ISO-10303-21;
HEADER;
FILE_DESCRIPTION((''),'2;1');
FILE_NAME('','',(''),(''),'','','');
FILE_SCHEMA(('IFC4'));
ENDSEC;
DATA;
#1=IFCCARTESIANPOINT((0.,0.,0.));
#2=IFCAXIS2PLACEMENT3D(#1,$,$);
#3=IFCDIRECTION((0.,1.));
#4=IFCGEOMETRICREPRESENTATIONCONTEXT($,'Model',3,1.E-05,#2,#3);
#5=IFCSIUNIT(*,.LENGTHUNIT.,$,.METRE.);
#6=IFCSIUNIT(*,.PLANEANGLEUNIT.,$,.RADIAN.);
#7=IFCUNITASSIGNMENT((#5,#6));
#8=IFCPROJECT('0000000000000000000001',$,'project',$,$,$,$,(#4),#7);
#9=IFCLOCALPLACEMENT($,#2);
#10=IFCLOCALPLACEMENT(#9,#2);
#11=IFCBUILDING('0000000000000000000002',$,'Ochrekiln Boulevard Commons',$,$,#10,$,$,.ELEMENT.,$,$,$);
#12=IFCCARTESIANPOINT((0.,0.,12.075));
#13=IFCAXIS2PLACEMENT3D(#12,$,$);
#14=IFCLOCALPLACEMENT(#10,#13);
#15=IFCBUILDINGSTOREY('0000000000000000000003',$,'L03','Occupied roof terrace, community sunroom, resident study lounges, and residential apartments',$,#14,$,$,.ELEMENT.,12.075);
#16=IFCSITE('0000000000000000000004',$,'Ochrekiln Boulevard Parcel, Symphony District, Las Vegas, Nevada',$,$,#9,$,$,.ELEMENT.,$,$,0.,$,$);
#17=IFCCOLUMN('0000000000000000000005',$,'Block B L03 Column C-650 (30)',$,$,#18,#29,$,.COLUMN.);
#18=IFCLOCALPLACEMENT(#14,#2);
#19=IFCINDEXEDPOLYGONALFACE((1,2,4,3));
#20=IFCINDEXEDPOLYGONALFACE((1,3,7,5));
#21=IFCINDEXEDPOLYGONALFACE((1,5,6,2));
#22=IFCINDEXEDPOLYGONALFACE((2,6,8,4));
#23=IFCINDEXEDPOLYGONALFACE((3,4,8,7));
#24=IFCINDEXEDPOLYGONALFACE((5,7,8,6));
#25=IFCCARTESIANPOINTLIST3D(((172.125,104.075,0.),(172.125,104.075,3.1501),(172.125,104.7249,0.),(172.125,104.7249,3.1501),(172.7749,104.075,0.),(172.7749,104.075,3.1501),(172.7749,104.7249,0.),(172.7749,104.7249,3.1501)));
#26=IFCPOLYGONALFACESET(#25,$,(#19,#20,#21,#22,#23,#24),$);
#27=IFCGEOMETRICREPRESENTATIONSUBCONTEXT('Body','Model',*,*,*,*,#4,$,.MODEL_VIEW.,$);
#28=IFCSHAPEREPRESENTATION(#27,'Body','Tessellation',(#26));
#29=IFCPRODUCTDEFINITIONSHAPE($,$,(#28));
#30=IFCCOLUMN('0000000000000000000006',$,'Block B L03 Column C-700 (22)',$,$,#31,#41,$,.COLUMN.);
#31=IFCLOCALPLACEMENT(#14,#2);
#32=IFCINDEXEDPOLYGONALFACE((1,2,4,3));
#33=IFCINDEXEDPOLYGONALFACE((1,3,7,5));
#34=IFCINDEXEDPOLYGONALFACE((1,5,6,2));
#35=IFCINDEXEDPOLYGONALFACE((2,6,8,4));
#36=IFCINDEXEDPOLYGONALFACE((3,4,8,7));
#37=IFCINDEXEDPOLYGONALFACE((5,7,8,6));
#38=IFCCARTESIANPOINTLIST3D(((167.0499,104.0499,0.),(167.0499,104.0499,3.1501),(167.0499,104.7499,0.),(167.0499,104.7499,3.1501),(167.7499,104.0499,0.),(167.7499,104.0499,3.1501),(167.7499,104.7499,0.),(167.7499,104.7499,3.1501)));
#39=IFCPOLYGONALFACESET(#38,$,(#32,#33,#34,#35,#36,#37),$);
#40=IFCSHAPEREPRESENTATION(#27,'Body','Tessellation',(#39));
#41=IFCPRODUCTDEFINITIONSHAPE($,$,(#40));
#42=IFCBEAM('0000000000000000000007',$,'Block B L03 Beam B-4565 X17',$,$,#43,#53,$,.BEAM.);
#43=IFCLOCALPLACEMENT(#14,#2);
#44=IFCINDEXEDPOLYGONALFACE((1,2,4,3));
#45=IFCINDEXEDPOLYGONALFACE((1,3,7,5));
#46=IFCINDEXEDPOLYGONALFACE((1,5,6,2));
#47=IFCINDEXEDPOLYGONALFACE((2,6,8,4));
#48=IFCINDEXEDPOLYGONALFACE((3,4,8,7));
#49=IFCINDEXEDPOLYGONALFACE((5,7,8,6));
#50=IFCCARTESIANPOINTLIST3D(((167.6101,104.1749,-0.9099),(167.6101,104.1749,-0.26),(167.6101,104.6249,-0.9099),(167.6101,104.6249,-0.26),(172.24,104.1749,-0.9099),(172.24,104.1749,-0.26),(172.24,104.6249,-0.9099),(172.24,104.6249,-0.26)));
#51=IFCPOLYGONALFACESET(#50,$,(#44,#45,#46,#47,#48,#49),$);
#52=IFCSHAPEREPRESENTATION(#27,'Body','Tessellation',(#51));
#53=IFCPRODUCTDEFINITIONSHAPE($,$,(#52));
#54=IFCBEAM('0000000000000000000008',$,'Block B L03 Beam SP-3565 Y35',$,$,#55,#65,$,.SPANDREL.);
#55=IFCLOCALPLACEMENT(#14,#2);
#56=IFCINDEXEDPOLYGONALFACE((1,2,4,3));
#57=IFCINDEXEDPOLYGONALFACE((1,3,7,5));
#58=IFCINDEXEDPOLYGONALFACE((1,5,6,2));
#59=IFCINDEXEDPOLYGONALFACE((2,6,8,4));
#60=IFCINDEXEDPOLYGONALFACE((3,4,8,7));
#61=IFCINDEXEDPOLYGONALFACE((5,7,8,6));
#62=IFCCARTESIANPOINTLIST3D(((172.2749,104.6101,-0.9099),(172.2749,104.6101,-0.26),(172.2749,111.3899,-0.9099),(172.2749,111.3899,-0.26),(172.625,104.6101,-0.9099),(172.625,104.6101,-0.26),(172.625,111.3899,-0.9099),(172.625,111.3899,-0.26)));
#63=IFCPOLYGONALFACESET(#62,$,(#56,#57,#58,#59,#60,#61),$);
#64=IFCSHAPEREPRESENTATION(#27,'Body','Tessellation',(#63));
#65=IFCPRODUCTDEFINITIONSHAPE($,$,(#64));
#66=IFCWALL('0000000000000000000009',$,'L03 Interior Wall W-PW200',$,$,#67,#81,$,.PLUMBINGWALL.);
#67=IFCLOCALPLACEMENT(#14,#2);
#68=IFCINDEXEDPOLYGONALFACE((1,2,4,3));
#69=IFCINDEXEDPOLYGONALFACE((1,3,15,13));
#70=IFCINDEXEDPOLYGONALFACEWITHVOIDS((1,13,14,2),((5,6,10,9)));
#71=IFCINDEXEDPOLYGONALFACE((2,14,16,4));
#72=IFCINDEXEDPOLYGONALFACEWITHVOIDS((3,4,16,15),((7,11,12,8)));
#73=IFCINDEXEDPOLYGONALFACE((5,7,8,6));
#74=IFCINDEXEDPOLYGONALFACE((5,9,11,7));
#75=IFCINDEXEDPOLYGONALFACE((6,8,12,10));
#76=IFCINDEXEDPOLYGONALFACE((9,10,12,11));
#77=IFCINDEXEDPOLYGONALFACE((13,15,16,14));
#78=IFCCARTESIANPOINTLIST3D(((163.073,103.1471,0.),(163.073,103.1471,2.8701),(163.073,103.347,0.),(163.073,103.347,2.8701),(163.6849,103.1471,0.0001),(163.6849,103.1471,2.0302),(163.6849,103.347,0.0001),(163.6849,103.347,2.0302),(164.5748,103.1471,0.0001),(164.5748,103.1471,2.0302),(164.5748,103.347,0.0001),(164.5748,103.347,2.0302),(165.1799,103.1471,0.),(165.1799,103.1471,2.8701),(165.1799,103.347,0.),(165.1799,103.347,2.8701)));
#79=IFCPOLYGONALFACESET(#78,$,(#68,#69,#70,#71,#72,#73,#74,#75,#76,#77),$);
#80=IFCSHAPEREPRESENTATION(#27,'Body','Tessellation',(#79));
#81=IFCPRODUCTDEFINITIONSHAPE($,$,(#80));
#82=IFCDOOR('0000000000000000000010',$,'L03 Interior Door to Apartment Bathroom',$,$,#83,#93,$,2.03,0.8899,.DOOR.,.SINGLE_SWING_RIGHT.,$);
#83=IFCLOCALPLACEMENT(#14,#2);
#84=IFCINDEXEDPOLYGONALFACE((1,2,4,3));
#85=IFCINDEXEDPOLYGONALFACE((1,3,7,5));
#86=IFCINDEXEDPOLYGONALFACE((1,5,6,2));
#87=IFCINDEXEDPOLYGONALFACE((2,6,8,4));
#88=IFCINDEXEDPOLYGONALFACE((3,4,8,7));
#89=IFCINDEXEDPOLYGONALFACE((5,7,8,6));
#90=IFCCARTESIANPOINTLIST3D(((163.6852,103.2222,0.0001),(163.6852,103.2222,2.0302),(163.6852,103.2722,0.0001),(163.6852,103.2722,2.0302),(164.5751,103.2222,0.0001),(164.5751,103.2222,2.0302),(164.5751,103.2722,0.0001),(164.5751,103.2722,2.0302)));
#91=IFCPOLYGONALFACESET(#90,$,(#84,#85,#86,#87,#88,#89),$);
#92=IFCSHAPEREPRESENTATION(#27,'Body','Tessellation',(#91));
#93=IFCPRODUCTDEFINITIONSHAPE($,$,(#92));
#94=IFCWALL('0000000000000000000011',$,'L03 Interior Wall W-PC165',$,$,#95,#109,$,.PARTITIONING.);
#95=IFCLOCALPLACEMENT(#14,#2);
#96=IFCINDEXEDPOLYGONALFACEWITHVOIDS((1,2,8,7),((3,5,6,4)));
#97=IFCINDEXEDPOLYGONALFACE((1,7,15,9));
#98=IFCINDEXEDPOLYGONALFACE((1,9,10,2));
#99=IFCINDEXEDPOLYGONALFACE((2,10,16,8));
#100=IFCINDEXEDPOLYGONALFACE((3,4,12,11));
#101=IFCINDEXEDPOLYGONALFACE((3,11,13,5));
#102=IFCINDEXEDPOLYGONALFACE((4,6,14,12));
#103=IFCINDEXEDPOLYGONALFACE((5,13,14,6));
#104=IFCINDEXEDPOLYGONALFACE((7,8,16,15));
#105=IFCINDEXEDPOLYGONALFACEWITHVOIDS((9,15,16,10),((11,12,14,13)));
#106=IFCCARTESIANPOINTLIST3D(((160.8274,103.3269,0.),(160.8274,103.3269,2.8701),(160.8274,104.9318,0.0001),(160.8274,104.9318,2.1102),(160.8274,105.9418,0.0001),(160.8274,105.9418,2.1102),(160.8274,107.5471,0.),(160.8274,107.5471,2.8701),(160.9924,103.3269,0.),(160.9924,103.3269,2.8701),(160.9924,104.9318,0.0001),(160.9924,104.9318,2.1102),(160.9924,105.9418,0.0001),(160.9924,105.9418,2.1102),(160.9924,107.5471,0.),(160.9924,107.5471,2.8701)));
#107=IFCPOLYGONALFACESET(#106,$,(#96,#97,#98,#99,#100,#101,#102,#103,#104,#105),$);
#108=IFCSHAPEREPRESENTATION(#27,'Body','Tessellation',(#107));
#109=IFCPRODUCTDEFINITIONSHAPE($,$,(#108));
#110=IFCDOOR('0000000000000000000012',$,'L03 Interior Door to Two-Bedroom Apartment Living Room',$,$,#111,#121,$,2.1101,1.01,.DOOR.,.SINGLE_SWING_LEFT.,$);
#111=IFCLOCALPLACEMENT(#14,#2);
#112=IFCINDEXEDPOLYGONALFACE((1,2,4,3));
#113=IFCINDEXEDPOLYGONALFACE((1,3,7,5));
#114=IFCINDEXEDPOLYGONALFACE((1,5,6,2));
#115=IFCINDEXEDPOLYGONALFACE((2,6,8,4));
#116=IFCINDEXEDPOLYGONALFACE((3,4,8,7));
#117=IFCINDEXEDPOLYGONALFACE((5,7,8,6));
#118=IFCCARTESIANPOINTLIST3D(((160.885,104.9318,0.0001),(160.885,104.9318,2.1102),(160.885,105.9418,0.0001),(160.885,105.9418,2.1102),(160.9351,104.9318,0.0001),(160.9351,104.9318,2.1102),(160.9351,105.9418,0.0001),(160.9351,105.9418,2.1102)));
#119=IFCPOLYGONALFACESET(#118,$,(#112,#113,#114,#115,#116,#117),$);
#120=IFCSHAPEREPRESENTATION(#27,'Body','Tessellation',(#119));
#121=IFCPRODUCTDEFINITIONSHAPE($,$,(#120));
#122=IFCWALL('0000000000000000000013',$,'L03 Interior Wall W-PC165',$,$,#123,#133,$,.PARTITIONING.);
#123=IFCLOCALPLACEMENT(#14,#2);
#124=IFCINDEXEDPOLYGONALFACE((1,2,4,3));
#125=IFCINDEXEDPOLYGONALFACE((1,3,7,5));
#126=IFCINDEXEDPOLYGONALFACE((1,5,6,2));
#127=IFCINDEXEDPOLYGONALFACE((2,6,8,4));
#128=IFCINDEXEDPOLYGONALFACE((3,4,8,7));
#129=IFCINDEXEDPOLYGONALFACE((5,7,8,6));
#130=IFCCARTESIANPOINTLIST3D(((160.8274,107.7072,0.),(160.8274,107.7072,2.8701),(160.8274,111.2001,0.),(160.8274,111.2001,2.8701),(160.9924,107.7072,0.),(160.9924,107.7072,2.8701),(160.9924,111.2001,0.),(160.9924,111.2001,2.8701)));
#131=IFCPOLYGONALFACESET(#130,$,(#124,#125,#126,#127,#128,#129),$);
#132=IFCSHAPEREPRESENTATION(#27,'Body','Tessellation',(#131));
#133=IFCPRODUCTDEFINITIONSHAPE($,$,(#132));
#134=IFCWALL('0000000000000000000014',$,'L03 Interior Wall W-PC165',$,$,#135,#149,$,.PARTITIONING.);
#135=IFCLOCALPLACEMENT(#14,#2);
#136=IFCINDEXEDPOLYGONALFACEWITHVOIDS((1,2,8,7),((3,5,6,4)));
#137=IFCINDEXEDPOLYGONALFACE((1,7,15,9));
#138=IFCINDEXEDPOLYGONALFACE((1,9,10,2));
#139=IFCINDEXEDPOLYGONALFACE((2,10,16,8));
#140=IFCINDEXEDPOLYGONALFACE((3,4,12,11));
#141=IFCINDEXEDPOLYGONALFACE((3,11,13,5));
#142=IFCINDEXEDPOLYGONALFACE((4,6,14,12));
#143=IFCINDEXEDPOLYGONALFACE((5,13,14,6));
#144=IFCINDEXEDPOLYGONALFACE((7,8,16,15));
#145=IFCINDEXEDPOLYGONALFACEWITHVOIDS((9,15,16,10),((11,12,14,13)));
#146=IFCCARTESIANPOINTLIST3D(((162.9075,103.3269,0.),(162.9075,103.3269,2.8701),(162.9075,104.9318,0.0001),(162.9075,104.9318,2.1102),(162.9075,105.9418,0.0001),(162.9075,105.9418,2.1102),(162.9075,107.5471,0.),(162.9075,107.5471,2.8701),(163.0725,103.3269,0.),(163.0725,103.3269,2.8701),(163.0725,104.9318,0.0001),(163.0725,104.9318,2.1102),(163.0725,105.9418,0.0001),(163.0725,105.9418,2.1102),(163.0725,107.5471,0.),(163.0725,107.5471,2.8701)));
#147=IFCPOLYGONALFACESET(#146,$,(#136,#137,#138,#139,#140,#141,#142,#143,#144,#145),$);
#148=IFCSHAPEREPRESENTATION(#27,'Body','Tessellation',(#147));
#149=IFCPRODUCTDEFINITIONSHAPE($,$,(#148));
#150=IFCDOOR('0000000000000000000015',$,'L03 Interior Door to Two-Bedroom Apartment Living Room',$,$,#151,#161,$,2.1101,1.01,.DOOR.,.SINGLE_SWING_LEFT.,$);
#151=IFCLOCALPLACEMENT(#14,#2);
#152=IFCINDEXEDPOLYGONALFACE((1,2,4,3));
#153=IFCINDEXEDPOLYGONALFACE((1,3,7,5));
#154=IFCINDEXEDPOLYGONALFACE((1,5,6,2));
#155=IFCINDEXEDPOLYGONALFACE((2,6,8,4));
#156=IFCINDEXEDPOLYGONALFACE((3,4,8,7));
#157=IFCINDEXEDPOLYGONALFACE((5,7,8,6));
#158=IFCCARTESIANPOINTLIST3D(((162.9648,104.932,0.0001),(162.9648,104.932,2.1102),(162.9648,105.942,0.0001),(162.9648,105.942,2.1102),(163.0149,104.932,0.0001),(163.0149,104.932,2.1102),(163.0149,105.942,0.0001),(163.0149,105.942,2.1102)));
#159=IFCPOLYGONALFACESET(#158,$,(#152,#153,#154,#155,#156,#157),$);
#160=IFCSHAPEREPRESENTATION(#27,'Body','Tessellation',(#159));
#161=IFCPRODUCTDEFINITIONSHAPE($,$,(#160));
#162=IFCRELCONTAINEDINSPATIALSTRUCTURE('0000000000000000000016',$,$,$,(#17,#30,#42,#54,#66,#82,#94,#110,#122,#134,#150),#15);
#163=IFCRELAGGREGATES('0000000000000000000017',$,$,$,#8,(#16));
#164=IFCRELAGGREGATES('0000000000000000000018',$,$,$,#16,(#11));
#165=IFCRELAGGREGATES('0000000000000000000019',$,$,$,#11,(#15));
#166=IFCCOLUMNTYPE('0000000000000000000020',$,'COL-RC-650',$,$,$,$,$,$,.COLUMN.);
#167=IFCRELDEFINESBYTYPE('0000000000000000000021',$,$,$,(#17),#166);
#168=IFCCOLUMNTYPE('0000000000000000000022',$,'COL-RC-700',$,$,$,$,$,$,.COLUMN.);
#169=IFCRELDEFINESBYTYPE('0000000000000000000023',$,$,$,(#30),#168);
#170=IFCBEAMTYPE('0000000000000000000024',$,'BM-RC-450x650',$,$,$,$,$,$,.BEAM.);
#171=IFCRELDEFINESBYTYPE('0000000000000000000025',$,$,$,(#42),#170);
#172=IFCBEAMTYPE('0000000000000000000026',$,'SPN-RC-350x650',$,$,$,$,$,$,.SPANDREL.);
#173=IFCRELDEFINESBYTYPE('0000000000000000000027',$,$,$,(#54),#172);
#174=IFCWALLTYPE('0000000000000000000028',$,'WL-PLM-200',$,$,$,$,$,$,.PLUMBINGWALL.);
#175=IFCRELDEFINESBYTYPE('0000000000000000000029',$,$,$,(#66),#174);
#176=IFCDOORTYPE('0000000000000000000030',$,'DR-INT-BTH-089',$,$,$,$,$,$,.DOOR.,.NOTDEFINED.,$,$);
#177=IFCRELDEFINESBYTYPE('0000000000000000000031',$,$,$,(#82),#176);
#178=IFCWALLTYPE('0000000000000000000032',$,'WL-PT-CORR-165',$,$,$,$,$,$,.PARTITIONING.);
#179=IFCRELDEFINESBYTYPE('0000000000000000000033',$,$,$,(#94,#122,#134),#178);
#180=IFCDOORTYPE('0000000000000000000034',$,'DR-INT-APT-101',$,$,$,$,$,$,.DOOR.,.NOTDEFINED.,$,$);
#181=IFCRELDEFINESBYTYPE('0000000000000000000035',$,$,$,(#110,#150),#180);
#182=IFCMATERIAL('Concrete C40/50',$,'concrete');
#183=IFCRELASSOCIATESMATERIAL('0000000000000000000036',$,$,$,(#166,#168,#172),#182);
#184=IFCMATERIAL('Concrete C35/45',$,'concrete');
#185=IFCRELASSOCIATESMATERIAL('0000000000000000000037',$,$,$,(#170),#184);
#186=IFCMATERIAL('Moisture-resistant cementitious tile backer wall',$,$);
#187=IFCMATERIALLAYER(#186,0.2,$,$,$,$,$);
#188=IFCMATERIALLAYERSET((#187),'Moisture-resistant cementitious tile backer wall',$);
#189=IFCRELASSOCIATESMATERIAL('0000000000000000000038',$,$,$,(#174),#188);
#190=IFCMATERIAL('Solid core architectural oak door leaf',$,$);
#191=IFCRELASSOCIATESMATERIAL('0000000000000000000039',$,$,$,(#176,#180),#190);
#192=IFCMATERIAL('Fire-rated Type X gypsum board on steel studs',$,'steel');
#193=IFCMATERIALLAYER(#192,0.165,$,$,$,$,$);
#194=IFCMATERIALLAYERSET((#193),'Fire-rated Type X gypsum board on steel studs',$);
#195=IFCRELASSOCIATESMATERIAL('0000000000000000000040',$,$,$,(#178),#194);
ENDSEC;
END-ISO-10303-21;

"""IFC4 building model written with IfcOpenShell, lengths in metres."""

from ifc_helpers import new_model, si_unit, direction, frame, frame_2d, origin, origin_2d, place, context, subcontext, project, spatial, rectangle, extrude, material, layer, layer_set, material_profile, profile_set, type_object, element, fill, save


model = new_model("IFC4")

# Units and contexts
model_context = context("Model", 3, precision=1e-05, world=origin(), true_north=direction((0.0, 1.0)))
body_context = subcontext(model_context, "Body", "Model", "MODEL_VIEW")
ifc_project = project(units=[si_unit("LENGTHUNIT", "METRE"), si_unit("PLANEANGLEUNIT", "RADIAN")], contexts=[model_context])

# Site, building, storey
site_placement = place(None, origin())
site = spatial("IfcSite", under=ifc_project, at=site_placement, Name="Ochrekiln Boulevard Parcel, Symphony District, Las Vegas, Nevada", CompositionType="ELEMENT", RefElevation=0.0)
building_placement = place(site_placement, origin())
building = spatial("IfcBuilding", under=site, at=building_placement, Name="Ochrekiln Boulevard Commons", CompositionType="ELEMENT")
storey_placement = place(building_placement, frame((0.0, 0.0, 12.075)))
storey = spatial("IfcBuildingStorey", under=building, at=storey_placement, Name="L03", Description="Occupied roof terrace, community sunroom, resident study lounges, and residential apartments", CompositionType="ELEMENT", Elevation=12.075)

# Columns
ifc_material_1 = material(Name="Concrete C40/50", Category="concrete")
ifc_material_profile_1 = material_profile(ifc_material_1, rectangle(XDim=0.6499, YDim=0.6499, at=origin_2d()), Name="RC-COL-650x650")
ifc_profile_set_1 = profile_set([ifc_material_profile_1], Name="Concrete C40/50")
column_type_1 = type_object("IfcColumnType", Name="COL-RC-650", PredefinedType="COLUMN", material=ifc_profile_set_1)
column_1_placement = place(storey_placement, frame((172.45, 104.3999, 0.0), z_axis=(0.0, 0.0, 1.0), x_axis=(1.0, 0.0, 0.0)))
element("IfcColumn", 1, at=column_1_placement, inside=storey, type_object=column_type_1, Name="Block B L03 Column C-650 (30)", PredefinedType="COLUMN", context=body_context, shape_type="SweptSolid", body=[
    extrude(rectangle(XDim=0.6499, YDim=0.6499, at=origin_2d()), origin(), (0.0, 0.0, 1.0), 3.1501),
])
ifc_material_profile_2 = material_profile(ifc_material_1, rectangle(XDim=0.7, YDim=0.7, at=origin_2d()), Name="RC-COL-700x700")
ifc_profile_set_2 = profile_set([ifc_material_profile_2], Name="Concrete C40/50")
column_type_2 = type_object("IfcColumnType", Name="COL-RC-700", PredefinedType="COLUMN", material=ifc_profile_set_2)
column_2_placement = place(storey_placement, frame((167.3999, 104.3999, 0.0), z_axis=(0.0, 0.0, 1.0), x_axis=(1.0, 0.0, 0.0)))
element("IfcColumn", 2, at=column_2_placement, inside=storey, type_object=column_type_2, Name="Block B L03 Column C-700 (22)", PredefinedType="COLUMN", context=body_context, shape_type="SweptSolid", body=[
    extrude(rectangle(XDim=0.7, YDim=0.7, at=origin_2d()), origin(), (0.0, 0.0, 1.0), 3.1501),
])

# Beams
ifc_material_2 = material(Name="Concrete C35/45", Category="concrete")
ifc_material_profile_3 = material_profile(ifc_material_2, rectangle(XDim=0.45, YDim=0.6499, at=origin_2d()), Name="RC-BM-450x650")
ifc_profile_set_3 = profile_set([ifc_material_profile_3], Name="Concrete C35/45")
beam_type_1 = type_object("IfcBeamType", Name="BM-RC-450x650", PredefinedType="BEAM", material=ifc_profile_set_3)
beam_1_placement = place(storey_placement, frame((167.6101, 104.3999, -0.585), z_axis=(1.0, 0.0, 0.0), x_axis=(0.0, 1.0, 0.0)))
element("IfcBeam", 3, at=beam_1_placement, inside=storey, type_object=beam_type_1, Name="Block B L03 Beam B-4565 X17", PredefinedType="BEAM", context=body_context, shape_type="SweptSolid", body=[
    extrude(rectangle(XDim=0.45, YDim=0.6499, at=origin_2d()), origin(), (0.0, 0.0, 1.0), 4.6299),
])
ifc_material_profile_4 = material_profile(ifc_material_1, rectangle(XDim=0.3501, YDim=0.6499, at=origin_2d()), Name="RC-SPN-350x650")
ifc_profile_set_4 = profile_set([ifc_material_profile_4], Name="Concrete C40/50")
beam_type_2 = type_object("IfcBeamType", Name="SPN-RC-350x650", PredefinedType="SPANDREL", material=ifc_profile_set_4)
beam_2_placement = place(storey_placement, frame((172.45, 104.6101, -0.585), z_axis=(0.0, 1.0, 0.0), x_axis=(-1.0, 0.0, 0.0)))
element("IfcBeam", 4, at=beam_2_placement, inside=storey, type_object=beam_type_2, Name="Block B L03 Beam SP-3565 Y35", PredefinedType="SPANDREL", context=body_context, shape_type="SweptSolid", body=[
    extrude(rectangle(XDim=0.3501, YDim=0.6499, at=origin_2d()), origin(), (0.0, 0.0, 1.0), 6.7798),
])

# Walls, openings, doors
ifc_material_3 = material(Name="Moisture-resistant cementitious tile backer wall")
ifc_layer_1 = layer(ifc_material_3, 0.2)
ifc_layer_set_1 = layer_set([ifc_layer_1], Name="Moisture-resistant cementitious tile backer wall")
wall_type_1 = type_object("IfcWallType", Name="WL-PLM-200", PredefinedType="PLUMBINGWALL", material=ifc_layer_set_1)
wall_1_placement = place(storey_placement, frame((163.073, 103.2471, 0.0), z_axis=(0.0, 0.0, 1.0), x_axis=(1.0, 0.0, 0.0)))
wall_1 = element("IfcWall", 5, at=wall_1_placement, inside=storey, type_object=wall_type_1, Name="L03 Interior Wall W-PW200", PredefinedType="PLUMBINGWALL", context=body_context, shape_type="SweptSolid", body=[
    extrude(rectangle(XDim=2.1069, YDim=0.2, at=frame_2d((1.0535, 0.0))), origin(), (0.0, 0.0, 1.0), 2.8701),
])
opening_1_placement = place(wall_1_placement, frame((0.6121, 0.0, 0.0)))
opening_1 = element("IfcOpeningElement", 6, at=opening_1_placement, cuts=wall_1, PredefinedType="OPENING", context=body_context, shape_type="SweptSolid", body=[
    extrude(rectangle(XDim=0.8899, YDim=2.03, at=frame_2d((0.4448, 1.0151))), frame((0.0, 0.1099, 0.0), z_axis=(0.0, -1.0, 0.0), x_axis=(1.0, 0.0, 0.0)), (0.0, 0.0, 1.0), 0.22),
])
ifc_material_4 = material(Name="Solid core architectural oak door leaf")
door_type_1 = type_object("IfcDoorType", Name="DR-INT-BTH-089", OperationType="NOTDEFINED", PredefinedType="DOOR", material=ifc_material_4)
door_1_placement = place(opening_1_placement, frame((0.8899, 0.0, 0.0), z_axis=(0.0, 0.0, 1.0), x_axis=(-1.0, 0.0, 0.0)))
door_1 = element("IfcDoor", 7, at=door_1_placement, inside=storey, type_object=door_type_1, Name="L03 Interior Door to Apartment Bathroom", OperationType="SINGLE_SWING_RIGHT", OverallHeight=2.03, OverallWidth=0.8899, PredefinedType="DOOR", context=body_context, shape_type="SweptSolid", body=[
    extrude(rectangle(XDim=0.8899, YDim=2.03, at=frame_2d((0.4448, 1.0151))), frame((0.0, 0.0249, 0.0), z_axis=(0.0, -1.0, 0.0), x_axis=(1.0, 0.0, 0.0)), (0.0, 0.0, 1.0), 0.05),
])
fill(opening_1, door_1)
ifc_material_5 = material(Name="Fire-rated Type X gypsum board on steel studs", Category="steel")
ifc_layer_2 = layer(ifc_material_5, 0.165)
ifc_layer_set_2 = layer_set([ifc_layer_2], Name="Fire-rated Type X gypsum board on steel studs")
wall_type_2 = type_object("IfcWallType", Name="WL-PT-CORR-165", PredefinedType="PARTITIONING", material=ifc_layer_set_2)
wall_2_placement = place(storey_placement, frame((160.9099, 103.3269, 0.0), z_axis=(0.0, 0.0, 1.0), x_axis=(0.0, 1.0, 0.0)))
wall_2 = element("IfcWall", 8, at=wall_2_placement, inside=storey, type_object=wall_type_2, Name="L03 Interior Wall W-PC165", PredefinedType="PARTITIONING", context=body_context, shape_type="SweptSolid", body=[
    extrude(rectangle(XDim=4.2202, YDim=0.165, at=frame_2d((2.1101, 0.0))), origin(), (0.0, 0.0, 1.0), 2.8701),
])
opening_2_placement = place(wall_2_placement, frame((1.605, 0.0, 0.0)))
opening_2 = element("IfcOpeningElement", 9, at=opening_2_placement, cuts=wall_2, PredefinedType="OPENING", context=body_context, shape_type="SweptSolid", body=[
    extrude(rectangle(XDim=1.01, YDim=2.1101, at=frame_2d((0.5049, 1.0552))), frame((0.0, 0.0925, 0.0), z_axis=(0.0, -1.0, 0.0), x_axis=(1.0, 0.0, 0.0)), (0.0, 0.0, 1.0), 0.1851),
])
door_type_2 = type_object("IfcDoorType", Name="DR-INT-APT-101", OperationType="NOTDEFINED", PredefinedType="DOOR", material=ifc_material_4)
door_2_placement = place(opening_2_placement, origin())
door_2 = element("IfcDoor", 10, at=door_2_placement, inside=storey, type_object=door_type_2, Name="L03 Interior Door to Two-Bedroom Apartment Living Room", OperationType="SINGLE_SWING_LEFT", OverallHeight=2.1101, OverallWidth=1.01, PredefinedType="DOOR", context=body_context, shape_type="SweptSolid", body=[
    extrude(rectangle(XDim=1.01, YDim=2.1101, at=frame_2d((0.5049, 1.0552))), frame((0.0, 0.0249, 0.0), z_axis=(0.0, -1.0, 0.0), x_axis=(1.0, 0.0, 0.0)), (0.0, 0.0, 1.0), 0.05),
])
fill(opening_2, door_2)

# Wall
wall_3_placement = place(storey_placement, frame((160.9099, 107.707, 0.0), z_axis=(0.0, 0.0, 1.0), x_axis=(0.0, 1.0, 0.0)))
element("IfcWall", 11, at=wall_3_placement, inside=storey, type_object=wall_type_2, Name="L03 Interior Wall W-PC165", PredefinedType="PARTITIONING", context=body_context, shape_type="SweptSolid", body=[
    extrude(rectangle(XDim=3.4929, YDim=0.165, at=frame_2d((1.7466, 0.0))), origin(), (0.0, 0.0, 1.0), 2.8701),
])

# Wall, opening, door
wall_4_placement = place(storey_placement, frame((162.99, 103.3269, 0.0), z_axis=(0.0, 0.0, 1.0), x_axis=(0.0, 1.0, 0.0)))
wall_4 = element("IfcWall", 12, at=wall_4_placement, inside=storey, type_object=wall_type_2, Name="L03 Interior Wall W-PC165", PredefinedType="PARTITIONING", context=body_context, shape_type="SweptSolid", body=[
    extrude(rectangle(XDim=4.2202, YDim=0.165, at=frame_2d((2.1101, 0.0))), origin(), (0.0, 0.0, 1.0), 2.8701),
])
opening_3_placement = place(wall_4_placement, frame((1.605, 0.0, 0.0)))
opening_3 = element("IfcOpeningElement", 13, at=opening_3_placement, cuts=wall_4, PredefinedType="OPENING", context=body_context, shape_type="SweptSolid", body=[
    extrude(rectangle(XDim=1.01, YDim=2.1101, at=frame_2d((0.5049, 1.0552))), frame((0.0, 0.0925, 0.0), z_axis=(0.0, -1.0, 0.0), x_axis=(1.0, 0.0, 0.0)), (0.0, 0.0, 1.0), 0.1851),
])
door_3_placement = place(opening_3_placement, frame((1.01, 0.0, 0.0), z_axis=(0.0, 0.0, 1.0), x_axis=(-1.0, 0.0, 0.0)))
door_3 = element("IfcDoor", 14, at=door_3_placement, inside=storey, type_object=door_type_2, Name="L03 Interior Door to Two-Bedroom Apartment Living Room", OperationType="SINGLE_SWING_LEFT", OverallHeight=2.1101, OverallWidth=1.01, PredefinedType="DOOR", context=body_context, shape_type="SweptSolid", body=[
    extrude(rectangle(XDim=1.01, YDim=2.1101, at=frame_2d((0.5049, 1.0552))), frame((0.0, 0.0249, 0.0), z_axis=(0.0, -1.0, 0.0), x_axis=(1.0, 0.0, 0.0)), (0.0, 0.0, 1.0), 0.05),
])
fill(opening_3, door_3)

save(model, "model.ifc")
